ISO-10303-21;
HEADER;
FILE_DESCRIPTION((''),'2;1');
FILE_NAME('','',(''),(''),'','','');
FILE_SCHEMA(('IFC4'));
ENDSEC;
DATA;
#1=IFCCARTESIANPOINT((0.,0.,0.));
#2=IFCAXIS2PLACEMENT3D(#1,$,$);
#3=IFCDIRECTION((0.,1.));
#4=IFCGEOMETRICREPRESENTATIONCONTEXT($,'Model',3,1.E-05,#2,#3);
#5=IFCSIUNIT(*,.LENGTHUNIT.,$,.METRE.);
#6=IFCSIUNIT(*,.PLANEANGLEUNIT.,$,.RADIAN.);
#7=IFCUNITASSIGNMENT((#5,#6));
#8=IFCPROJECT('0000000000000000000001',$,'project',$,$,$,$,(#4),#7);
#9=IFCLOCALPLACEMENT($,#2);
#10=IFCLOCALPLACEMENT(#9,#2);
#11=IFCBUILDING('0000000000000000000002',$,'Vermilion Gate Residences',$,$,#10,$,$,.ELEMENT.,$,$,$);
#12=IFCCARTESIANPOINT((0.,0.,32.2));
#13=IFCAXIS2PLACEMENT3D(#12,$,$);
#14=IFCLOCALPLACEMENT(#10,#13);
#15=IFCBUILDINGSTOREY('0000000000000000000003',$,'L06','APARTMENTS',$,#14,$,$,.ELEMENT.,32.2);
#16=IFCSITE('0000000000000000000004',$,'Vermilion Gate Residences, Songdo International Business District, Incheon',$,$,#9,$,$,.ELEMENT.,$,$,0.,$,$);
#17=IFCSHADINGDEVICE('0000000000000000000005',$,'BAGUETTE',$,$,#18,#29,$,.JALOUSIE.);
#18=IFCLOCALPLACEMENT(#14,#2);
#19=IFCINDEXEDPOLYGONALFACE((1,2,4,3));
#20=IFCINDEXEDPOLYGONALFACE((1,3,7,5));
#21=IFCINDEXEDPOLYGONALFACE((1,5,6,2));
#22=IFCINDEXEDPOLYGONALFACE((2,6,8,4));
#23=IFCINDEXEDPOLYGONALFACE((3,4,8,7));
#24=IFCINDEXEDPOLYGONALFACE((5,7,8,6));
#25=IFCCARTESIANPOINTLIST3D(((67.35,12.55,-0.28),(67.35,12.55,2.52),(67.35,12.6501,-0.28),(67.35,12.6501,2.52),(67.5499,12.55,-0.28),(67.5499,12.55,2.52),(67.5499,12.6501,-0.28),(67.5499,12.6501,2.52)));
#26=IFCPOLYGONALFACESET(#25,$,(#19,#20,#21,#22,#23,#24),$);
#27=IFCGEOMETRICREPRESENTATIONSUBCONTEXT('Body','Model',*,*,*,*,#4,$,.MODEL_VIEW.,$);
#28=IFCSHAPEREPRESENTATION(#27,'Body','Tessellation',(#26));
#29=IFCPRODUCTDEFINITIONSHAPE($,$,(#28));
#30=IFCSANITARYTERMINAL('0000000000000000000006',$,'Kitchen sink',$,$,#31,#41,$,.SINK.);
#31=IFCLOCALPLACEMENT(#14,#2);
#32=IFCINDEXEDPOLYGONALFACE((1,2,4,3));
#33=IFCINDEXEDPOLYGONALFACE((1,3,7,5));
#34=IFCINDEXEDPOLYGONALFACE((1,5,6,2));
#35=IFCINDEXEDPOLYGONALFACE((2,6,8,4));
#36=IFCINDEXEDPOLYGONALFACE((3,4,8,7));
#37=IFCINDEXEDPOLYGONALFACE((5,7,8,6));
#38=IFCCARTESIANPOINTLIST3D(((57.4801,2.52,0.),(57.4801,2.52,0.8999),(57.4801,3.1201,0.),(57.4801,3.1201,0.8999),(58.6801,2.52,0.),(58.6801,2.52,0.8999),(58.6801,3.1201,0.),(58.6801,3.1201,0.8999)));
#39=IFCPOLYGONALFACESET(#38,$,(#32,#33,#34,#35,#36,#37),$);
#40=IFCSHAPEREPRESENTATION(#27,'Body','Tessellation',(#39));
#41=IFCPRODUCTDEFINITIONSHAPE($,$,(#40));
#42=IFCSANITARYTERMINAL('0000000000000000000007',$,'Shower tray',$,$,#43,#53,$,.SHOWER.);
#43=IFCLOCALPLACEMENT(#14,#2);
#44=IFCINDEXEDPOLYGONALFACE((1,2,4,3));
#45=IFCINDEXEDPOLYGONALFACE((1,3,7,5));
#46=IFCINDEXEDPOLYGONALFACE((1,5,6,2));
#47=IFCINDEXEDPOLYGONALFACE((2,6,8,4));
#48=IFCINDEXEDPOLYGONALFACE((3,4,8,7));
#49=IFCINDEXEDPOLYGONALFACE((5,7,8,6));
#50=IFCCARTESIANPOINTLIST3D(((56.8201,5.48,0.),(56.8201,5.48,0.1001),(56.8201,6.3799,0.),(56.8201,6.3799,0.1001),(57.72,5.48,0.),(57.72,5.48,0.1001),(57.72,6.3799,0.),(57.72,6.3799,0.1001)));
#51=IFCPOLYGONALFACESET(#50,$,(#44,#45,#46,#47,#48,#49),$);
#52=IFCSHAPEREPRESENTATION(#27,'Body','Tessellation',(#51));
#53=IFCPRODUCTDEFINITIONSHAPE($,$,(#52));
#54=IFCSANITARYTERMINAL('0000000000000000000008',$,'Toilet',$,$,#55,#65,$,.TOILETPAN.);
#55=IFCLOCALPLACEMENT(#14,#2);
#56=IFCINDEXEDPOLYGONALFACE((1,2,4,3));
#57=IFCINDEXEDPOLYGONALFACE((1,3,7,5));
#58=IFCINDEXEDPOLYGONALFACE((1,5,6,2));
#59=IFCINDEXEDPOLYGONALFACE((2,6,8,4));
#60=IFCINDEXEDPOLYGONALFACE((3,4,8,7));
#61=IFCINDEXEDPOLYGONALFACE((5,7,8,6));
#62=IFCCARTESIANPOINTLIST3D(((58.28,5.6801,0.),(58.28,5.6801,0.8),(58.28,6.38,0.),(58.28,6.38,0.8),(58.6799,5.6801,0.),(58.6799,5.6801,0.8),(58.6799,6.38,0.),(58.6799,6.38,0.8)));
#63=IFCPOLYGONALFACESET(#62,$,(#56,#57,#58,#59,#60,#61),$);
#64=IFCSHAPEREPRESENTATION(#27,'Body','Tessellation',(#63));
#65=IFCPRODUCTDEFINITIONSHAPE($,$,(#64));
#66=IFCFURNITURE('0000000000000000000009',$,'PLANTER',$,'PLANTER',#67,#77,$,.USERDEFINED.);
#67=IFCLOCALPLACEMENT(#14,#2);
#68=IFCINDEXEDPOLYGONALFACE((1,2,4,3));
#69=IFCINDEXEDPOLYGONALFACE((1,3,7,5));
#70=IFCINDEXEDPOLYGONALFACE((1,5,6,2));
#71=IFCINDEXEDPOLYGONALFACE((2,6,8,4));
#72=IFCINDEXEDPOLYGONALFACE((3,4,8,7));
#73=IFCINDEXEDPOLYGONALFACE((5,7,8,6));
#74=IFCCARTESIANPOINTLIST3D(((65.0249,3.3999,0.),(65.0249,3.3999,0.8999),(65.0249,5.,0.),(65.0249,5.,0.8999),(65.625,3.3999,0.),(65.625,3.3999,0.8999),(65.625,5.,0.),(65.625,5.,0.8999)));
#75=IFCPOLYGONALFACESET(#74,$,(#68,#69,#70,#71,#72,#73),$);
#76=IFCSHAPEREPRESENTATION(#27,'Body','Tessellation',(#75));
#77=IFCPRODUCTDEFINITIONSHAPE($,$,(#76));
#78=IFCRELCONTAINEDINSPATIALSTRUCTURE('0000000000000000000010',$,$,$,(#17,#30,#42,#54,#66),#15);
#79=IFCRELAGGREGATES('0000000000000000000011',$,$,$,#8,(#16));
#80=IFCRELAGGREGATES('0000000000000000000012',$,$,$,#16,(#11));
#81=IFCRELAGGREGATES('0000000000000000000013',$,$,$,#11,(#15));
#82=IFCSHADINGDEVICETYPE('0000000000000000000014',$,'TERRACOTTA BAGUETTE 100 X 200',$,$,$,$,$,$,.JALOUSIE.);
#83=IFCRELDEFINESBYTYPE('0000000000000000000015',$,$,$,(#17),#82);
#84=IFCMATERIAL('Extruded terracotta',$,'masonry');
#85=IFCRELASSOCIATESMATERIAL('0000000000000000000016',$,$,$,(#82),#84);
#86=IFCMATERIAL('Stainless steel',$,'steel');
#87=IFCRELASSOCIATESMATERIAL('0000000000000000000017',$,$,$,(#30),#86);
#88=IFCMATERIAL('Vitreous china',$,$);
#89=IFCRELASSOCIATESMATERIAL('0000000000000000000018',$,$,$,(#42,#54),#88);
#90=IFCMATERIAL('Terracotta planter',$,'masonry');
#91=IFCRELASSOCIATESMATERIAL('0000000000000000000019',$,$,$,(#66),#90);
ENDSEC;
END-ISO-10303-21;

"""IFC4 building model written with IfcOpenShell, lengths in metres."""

from ifc_helpers import new_model, si_unit, direction, frame, origin, origin_2d, place, context, subcontext, project, spatial, rectangle, extrude, material, material_profile, profile_set, type_object, element, save


model = new_model("IFC4")

# Units and contexts
model_context = context("Model", 3, precision=1e-05, world=origin(), true_north=direction((0.0, 1.0)))
body_context = subcontext(model_context, "Body", "Model", "MODEL_VIEW")
ifc_project = project(units=[si_unit("LENGTHUNIT", "METRE"), si_unit("PLANEANGLEUNIT", "RADIAN")], contexts=[model_context])

# Site, building, storey
site_placement = place(None, origin())
site = spatial("IfcSite", under=ifc_project, at=site_placement, Name="Vermilion Gate Residences, Songdo International Business District, Incheon", CompositionType="ELEMENT", RefElevation=0.0)
building_placement = place(site_placement, origin())
building = spatial("IfcBuilding", under=site, at=building_placement, Name="Vermilion Gate Residences", CompositionType="ELEMENT")
storey_placement = place(building_placement, frame((0.0, 0.0, 32.2)))
storey = spatial("IfcBuildingStorey", under=building, at=storey_placement, Name="L06", Description="APARTMENTS", CompositionType="ELEMENT", Elevation=32.2)

# Shading device
ifc_material_1 = material(Name="Extruded terracotta", Category="masonry")
ifc_material_profile_1 = material_profile(ifc_material_1, rectangle(XDim=0.2, YDim=0.1001, at=origin_2d()), Name="BAGUETTE 100 X 200")
ifc_profile_set_1 = profile_set([ifc_material_profile_1], Name="Extruded terracotta")
shading_device_type_1 = type_object("IfcShadingDeviceType", Name="TERRACOTTA BAGUETTE 100 X 200", PredefinedType="JALOUSIE", material=ifc_profile_set_1)
shading_device_1_placement = place(storey_placement, frame((67.45, 12.6001, -0.28), z_axis=(0.0, 0.0, 1.0), x_axis=(-1.0, 0.0, 0.0)))
element("IfcShadingDevice", 1, at=shading_device_1_placement, inside=storey, type_object=shading_device_type_1, Name="BAGUETTE", PredefinedType="JALOUSIE", context=body_context, shape_type="SweptSolid", body=[
    extrude(rectangle(XDim=0.2, YDim=0.1001, at=origin_2d()), origin(), (0.0, 0.0, 1.0), 2.8),
])

# Sanitary terminals
ifc_material_2 = material(Name="Stainless steel", Category="steel")
sanitary_terminal_1_placement = place(storey_placement, frame((58.0801, 2.8201, 0.0), z_axis=(0.0, 0.0, 1.0), x_axis=(1.0, 0.0, 0.0)))
element("IfcSanitaryTerminal", 2, at=sanitary_terminal_1_placement, inside=storey, material=ifc_material_2, Name="Kitchen sink", PredefinedType="SINK", context=body_context, shape_type="SweptSolid", body=[
    extrude(rectangle(XDim=1.2, YDim=0.6001, at=origin_2d()), origin(), (0.0, 0.0, 1.0), 0.8999),
])
ifc_material_3 = material(Name="Vitreous china")
sanitary_terminal_2_placement = place(storey_placement, frame((57.27, 5.9299, 0.0), z_axis=(0.0, 0.0, 1.0), x_axis=(1.0, 0.0, 0.0)))
element("IfcSanitaryTerminal", 3, at=sanitary_terminal_2_placement, inside=storey, material=ifc_material_3, Name="Shower tray", PredefinedType="SHOWER", context=body_context, shape_type="SweptSolid", body=[
    extrude(rectangle(XDim=0.8999, YDim=0.8999, at=origin_2d()), origin(), (0.0, 0.0, 1.0), 0.1001),
])
sanitary_terminal_3_placement = place(storey_placement, frame((58.48, 6.03, 0.0), z_axis=(0.0, 0.0, 1.0), x_axis=(1.0, 0.0, 0.0)))
element("IfcSanitaryTerminal", 4, at=sanitary_terminal_3_placement, inside=storey, material=ifc_material_3, Name="Toilet", PredefinedType="TOILETPAN", context=body_context, shape_type="SweptSolid", body=[
    extrude(rectangle(XDim=0.3999, YDim=0.7, at=origin_2d()), origin(), (0.0, 0.0, 1.0), 0.8),
])

# Furniture
ifc_material_4 = material(Name="Terracotta planter", Category="masonry")
furniture_placement = place(storey_placement, frame((65.325, 4.2, 0.0), z_axis=(0.0, 0.0, 1.0), x_axis=(0.0, 1.0, 0.0)))
element("IfcFurniture", 5, at=furniture_placement, inside=storey, material=ifc_material_4, Name="PLANTER", ObjectType="PLANTER", PredefinedType="USERDEFINED", context=body_context, shape_type="SweptSolid", body=[
    extrude(rectangle(XDim=1.6001, YDim=0.6001, at=origin_2d()), origin(), (0.0, 0.0, 1.0), 0.8999),
])

save(model, "model.ifc")
